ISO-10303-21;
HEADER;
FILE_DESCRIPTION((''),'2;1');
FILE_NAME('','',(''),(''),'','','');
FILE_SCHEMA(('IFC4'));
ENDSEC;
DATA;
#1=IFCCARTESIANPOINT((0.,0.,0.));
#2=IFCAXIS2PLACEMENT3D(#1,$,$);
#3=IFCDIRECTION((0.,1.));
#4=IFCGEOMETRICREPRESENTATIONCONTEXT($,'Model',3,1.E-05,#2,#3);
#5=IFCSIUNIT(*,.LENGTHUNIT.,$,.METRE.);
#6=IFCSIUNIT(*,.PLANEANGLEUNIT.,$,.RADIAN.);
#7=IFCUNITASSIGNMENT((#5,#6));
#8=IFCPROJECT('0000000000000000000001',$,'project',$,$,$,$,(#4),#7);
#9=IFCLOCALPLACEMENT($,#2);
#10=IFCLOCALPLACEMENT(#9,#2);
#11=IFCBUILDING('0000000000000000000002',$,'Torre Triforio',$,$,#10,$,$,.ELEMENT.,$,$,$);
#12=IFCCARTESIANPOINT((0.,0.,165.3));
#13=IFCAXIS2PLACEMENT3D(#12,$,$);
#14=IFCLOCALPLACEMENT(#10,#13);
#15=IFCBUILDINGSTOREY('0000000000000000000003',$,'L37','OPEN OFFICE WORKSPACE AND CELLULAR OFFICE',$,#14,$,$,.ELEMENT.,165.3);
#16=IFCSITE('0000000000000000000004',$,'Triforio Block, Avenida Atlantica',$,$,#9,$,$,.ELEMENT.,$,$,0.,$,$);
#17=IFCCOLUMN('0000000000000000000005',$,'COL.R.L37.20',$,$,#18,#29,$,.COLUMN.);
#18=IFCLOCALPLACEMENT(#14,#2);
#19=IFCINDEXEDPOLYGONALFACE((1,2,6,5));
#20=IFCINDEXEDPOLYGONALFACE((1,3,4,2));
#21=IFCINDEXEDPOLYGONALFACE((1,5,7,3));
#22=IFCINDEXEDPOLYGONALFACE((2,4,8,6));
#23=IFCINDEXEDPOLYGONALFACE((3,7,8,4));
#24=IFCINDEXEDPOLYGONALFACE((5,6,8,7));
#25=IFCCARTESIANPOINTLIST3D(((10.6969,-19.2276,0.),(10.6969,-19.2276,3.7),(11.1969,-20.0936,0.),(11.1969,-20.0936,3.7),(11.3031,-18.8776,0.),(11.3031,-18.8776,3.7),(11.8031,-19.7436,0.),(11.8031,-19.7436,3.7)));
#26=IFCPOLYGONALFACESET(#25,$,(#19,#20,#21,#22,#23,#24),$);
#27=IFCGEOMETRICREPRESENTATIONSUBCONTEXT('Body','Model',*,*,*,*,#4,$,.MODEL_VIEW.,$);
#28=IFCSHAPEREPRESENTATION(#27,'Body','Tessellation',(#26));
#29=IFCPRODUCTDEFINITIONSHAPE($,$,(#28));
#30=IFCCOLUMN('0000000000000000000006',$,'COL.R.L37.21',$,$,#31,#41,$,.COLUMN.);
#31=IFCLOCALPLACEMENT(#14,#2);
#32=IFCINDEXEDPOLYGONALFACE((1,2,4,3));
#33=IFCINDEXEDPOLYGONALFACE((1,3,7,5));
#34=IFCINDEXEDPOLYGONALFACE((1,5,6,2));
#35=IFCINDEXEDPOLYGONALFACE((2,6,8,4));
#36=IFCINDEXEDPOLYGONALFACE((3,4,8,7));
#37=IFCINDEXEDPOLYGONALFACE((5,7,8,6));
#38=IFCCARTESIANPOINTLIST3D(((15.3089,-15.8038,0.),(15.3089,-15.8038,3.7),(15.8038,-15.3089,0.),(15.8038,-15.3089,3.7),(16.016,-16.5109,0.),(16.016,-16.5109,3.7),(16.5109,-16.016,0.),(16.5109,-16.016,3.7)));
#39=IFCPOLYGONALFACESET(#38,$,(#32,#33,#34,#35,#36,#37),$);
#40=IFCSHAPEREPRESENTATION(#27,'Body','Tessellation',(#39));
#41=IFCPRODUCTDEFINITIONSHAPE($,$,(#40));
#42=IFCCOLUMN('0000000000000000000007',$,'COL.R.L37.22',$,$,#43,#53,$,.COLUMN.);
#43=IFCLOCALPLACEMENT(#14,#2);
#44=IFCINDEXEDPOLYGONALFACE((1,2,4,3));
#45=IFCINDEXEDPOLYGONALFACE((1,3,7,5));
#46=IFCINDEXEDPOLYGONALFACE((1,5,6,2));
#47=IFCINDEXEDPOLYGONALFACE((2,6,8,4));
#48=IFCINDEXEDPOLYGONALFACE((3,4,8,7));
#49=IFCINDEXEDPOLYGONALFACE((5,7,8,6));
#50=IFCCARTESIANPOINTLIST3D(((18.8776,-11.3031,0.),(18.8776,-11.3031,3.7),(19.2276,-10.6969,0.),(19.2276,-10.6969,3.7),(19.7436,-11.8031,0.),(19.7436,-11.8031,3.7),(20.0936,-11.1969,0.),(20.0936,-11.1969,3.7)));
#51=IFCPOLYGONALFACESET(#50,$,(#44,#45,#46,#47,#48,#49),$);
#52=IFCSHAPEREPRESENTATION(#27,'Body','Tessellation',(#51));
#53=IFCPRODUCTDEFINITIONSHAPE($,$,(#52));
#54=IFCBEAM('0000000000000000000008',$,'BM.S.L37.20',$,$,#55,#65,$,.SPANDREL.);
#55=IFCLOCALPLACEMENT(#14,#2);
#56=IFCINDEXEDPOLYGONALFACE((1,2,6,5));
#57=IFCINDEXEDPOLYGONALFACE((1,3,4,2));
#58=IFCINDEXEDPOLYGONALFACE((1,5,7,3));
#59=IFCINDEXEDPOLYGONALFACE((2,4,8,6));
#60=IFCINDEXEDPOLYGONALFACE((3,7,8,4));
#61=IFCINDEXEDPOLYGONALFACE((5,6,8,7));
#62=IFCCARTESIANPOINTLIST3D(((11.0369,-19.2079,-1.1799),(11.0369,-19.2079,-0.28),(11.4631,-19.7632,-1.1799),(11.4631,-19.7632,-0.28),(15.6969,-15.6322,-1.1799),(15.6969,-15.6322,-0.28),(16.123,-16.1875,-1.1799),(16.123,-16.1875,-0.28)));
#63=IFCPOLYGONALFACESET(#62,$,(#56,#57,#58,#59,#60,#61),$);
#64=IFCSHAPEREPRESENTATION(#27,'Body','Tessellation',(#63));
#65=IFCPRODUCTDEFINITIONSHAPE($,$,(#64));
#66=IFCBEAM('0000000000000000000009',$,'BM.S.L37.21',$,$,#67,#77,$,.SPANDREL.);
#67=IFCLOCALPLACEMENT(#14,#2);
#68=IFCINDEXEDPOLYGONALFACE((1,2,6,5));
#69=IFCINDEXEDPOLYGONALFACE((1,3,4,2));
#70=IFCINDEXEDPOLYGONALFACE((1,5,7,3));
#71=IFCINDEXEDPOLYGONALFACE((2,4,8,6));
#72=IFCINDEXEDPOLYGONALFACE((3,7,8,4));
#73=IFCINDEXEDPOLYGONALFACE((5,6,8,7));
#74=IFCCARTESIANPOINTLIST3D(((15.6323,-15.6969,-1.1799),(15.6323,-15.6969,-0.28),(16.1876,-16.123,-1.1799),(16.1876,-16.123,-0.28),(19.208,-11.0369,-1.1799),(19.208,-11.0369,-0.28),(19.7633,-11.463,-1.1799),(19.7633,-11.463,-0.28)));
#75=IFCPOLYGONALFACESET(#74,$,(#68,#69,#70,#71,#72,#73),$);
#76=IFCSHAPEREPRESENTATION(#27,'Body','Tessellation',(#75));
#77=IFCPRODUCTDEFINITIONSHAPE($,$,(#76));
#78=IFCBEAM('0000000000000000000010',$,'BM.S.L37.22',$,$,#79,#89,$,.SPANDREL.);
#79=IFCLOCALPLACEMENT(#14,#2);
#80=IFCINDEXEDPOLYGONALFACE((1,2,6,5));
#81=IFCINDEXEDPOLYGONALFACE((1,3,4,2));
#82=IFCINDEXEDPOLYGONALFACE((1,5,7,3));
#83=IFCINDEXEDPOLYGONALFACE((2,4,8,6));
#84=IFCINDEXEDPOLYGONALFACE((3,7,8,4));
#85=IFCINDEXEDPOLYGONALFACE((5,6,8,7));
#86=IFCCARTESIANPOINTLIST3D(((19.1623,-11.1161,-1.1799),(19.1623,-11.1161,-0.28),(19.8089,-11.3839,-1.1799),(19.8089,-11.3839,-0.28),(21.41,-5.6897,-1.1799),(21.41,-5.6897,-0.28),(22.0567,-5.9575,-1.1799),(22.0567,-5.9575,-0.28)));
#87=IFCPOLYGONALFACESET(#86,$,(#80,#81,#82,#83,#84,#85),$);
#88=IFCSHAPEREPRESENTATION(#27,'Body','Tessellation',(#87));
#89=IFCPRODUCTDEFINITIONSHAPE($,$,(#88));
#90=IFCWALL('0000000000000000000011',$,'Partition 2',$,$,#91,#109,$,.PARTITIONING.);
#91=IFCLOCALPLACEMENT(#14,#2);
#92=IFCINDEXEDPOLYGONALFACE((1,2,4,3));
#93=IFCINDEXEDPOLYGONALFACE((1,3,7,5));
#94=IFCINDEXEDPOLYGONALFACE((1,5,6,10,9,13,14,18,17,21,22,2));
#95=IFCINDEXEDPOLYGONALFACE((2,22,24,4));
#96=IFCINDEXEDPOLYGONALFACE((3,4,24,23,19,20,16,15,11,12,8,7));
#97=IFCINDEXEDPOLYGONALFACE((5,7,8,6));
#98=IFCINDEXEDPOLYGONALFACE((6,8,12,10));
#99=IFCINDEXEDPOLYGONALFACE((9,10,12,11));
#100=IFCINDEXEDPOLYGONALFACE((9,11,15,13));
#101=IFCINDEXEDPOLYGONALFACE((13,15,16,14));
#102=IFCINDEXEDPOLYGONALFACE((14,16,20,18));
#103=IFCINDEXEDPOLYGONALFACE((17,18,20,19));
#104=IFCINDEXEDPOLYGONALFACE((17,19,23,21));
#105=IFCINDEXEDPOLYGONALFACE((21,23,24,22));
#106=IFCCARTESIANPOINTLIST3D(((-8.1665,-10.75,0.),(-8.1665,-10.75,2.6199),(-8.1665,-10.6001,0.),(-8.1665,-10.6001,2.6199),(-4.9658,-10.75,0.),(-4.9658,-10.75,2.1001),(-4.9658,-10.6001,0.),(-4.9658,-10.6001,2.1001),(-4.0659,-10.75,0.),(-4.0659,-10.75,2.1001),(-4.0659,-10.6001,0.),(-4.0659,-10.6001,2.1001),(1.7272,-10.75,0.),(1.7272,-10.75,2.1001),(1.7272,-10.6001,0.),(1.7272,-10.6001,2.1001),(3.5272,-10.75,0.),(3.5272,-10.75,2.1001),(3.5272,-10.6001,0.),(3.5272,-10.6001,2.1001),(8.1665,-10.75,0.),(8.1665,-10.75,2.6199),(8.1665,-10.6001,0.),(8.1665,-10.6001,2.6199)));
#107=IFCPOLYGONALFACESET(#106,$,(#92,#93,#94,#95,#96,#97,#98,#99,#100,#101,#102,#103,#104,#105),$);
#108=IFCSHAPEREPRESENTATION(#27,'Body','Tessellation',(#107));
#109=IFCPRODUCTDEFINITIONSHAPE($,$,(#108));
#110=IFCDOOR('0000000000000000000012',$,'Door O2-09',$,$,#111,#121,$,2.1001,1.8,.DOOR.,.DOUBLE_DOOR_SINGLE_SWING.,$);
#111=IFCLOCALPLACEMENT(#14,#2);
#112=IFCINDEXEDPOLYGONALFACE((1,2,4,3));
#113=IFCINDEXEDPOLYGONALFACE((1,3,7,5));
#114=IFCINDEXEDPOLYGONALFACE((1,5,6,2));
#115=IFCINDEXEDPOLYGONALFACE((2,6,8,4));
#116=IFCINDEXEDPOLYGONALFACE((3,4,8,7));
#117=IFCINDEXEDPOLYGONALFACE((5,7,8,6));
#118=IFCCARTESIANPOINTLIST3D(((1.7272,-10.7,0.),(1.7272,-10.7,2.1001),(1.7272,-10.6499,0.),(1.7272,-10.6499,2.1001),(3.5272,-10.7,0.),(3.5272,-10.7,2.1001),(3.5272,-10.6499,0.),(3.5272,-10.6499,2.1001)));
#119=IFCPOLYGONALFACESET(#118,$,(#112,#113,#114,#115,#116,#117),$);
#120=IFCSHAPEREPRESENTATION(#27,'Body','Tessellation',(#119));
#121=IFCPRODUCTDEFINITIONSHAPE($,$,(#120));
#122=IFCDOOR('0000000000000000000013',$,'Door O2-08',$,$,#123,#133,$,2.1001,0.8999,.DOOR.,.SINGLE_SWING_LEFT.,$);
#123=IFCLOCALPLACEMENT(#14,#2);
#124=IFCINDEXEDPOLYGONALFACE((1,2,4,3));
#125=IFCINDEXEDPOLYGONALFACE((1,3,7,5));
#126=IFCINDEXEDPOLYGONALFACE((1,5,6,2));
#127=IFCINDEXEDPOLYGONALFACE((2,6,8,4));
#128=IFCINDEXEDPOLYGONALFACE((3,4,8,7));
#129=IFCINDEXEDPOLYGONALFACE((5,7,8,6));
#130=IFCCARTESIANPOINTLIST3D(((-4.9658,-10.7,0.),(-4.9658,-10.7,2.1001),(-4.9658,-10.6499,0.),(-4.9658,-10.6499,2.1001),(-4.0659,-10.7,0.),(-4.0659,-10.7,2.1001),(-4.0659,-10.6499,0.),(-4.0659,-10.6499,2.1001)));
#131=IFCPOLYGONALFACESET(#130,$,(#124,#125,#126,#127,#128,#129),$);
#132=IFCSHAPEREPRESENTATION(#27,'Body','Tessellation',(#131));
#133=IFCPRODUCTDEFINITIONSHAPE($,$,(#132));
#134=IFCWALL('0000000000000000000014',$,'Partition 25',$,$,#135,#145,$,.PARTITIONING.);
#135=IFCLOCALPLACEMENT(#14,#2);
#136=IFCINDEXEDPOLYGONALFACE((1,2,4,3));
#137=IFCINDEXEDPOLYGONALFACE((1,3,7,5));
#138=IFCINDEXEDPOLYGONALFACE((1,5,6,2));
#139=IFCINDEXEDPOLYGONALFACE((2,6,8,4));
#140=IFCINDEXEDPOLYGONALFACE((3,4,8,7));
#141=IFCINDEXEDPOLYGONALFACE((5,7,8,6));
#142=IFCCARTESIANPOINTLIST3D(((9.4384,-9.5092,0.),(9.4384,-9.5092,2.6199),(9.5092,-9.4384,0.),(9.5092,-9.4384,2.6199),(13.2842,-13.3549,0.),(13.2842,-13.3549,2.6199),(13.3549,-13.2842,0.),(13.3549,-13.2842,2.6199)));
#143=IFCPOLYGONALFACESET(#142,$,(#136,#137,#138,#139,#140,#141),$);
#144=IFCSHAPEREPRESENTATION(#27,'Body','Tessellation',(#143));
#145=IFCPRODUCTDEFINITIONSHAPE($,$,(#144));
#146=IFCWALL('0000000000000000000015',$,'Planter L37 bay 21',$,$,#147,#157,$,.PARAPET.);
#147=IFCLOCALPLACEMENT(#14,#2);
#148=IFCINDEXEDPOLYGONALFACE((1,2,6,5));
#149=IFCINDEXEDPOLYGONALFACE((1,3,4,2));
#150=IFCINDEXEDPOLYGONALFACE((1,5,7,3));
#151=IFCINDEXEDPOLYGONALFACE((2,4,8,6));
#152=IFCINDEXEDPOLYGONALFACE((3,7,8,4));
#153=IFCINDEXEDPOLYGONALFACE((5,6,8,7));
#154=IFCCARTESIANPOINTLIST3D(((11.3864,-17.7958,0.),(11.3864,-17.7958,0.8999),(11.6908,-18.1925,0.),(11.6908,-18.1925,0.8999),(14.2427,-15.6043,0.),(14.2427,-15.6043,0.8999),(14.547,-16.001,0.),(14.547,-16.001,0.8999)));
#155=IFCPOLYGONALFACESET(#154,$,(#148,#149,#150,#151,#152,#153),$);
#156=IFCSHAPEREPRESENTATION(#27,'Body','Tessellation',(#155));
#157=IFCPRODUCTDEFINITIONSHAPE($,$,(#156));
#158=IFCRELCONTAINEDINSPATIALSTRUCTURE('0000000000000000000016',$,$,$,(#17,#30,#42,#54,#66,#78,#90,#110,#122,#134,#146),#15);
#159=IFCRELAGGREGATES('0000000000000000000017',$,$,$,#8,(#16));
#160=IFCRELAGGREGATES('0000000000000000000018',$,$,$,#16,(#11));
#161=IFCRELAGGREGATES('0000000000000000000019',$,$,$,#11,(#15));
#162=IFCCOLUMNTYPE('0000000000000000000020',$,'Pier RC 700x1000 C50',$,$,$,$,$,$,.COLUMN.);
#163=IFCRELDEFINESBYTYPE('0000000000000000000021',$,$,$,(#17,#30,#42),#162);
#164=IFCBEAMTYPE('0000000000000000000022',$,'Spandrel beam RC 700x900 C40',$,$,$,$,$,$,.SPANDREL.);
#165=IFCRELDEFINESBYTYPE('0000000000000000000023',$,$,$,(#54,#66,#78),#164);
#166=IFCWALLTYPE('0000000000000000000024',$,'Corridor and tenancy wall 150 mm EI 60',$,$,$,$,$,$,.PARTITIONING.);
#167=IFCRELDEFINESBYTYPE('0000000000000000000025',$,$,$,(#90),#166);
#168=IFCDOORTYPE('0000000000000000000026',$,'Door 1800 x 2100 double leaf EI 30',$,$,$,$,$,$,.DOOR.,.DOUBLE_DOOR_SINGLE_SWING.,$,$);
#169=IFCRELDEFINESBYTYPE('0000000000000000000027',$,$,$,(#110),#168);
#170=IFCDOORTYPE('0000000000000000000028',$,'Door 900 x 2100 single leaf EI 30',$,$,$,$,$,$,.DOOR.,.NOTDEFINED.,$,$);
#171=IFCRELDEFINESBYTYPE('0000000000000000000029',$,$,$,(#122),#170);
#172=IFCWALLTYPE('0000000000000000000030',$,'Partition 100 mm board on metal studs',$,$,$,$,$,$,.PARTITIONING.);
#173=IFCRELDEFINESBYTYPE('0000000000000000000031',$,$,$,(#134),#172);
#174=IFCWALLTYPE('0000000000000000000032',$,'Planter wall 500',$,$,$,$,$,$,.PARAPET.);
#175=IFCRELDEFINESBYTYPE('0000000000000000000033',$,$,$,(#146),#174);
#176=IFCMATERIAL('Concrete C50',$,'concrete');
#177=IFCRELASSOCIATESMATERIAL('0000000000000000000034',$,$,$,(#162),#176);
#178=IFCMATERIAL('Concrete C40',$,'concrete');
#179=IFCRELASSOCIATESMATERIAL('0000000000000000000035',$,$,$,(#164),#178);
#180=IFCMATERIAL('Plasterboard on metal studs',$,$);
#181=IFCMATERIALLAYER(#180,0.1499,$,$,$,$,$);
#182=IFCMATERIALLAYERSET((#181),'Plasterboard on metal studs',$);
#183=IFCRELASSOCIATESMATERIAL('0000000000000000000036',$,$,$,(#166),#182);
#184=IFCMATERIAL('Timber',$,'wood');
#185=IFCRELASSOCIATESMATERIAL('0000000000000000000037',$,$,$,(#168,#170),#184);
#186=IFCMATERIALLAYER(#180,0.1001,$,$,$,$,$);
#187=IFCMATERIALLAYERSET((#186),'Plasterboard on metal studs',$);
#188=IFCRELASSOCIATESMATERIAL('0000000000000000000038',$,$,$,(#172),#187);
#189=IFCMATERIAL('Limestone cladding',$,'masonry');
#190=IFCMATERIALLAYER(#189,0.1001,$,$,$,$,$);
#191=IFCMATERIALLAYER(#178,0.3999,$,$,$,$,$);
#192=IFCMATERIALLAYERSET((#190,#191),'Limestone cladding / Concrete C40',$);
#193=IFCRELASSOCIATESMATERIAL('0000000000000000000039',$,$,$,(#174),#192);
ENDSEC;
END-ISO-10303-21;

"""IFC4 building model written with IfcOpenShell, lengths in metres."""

from ifc_helpers import new_model, si_unit, direction, frame, frame_2d, origin, origin_2d, place, context, subcontext, project, spatial, rectangle, extrude, material, layer, layer_set, material_profile, profile_set, type_object, element, fill, save


model = new_model("IFC4")

# Units and contexts
model_context = context("Model", 3, precision=1e-05, world=origin(), true_north=direction((0.0, 1.0)))
body_context = subcontext(model_context, "Body", "Model", "MODEL_VIEW")
ifc_project = project(units=[si_unit("LENGTHUNIT", "METRE"), si_unit("PLANEANGLEUNIT", "RADIAN")], contexts=[model_context])

# Site, building, storey
site_placement = place(None, origin())
site = spatial("IfcSite", under=ifc_project, at=site_placement, Name="Triforio Block, Avenida Atlantica", CompositionType="ELEMENT", RefElevation=0.0)
building_placement = place(site_placement, origin())
building = spatial("IfcBuilding", under=site, at=building_placement, Name="Torre Triforio", CompositionType="ELEMENT")
storey_placement = place(building_placement, frame((0.0, 0.0, 165.3)))
storey = spatial("IfcBuildingStorey", under=building, at=storey_placement, Name="L37", Description="OPEN OFFICE WORKSPACE AND CELLULAR OFFICE", CompositionType="ELEMENT", Elevation=165.3)

# Columns
ifc_material_1 = material(Name="Concrete C50", Category="concrete")
ifc_material_profile_1 = material_profile(ifc_material_1, rectangle(XDim=0.7, YDim=1.0, at=origin_2d()), Name="RC 700x1000")
ifc_profile_set_1 = profile_set([ifc_material_profile_1], Name="Concrete C50")
column_type = type_object("IfcColumnType", Name="Pier RC 700x1000 C50", PredefinedType="COLUMN", material=ifc_profile_set_1)
for number, where, z_axis, x_axis, name in (
    (1, (11.25, -19.4856, 0.0), (0.0, 0.0, 1.0), (0.866025, 0.5, 0.0), "COL.R.L37.20"),
    (2, (15.9099, -15.9099, 0.0), (0.0, 0.0, 1.0), (0.707107, 0.707107, 0.0), "COL.R.L37.21"),
    (3, (19.4856, -11.25, 0.0), (0.0, 0.0, 1.0), (0.5, 0.866025, 0.0), "COL.R.L37.22"),
):
    element("IfcColumn", number, at=place(storey_placement, frame(where, z_axis=z_axis, x_axis=x_axis)), inside=storey, type_object=column_type, Name=name, PredefinedType="COLUMN", context=body_context, shape_type="SweptSolid", body=[
        extrude(rectangle(XDim=0.7, YDim=1.0, at=origin_2d()), origin(), (0.0, 0.0, 1.0), 3.7),
    ])

# Beams
ifc_material_2 = material(Name="Concrete C40", Category="concrete")
ifc_material_profile_2 = material_profile(ifc_material_2, rectangle(XDim=0.7, YDim=0.8999, at=origin_2d()), Name="RC 700x900")
ifc_profile_set_2 = profile_set([ifc_material_profile_2], Name="Concrete C40")
beam_type = type_object("IfcBeamType", Name="Spandrel beam RC 700x900 C40", PredefinedType="SPANDREL", material=ifc_profile_set_2)
for number, where, z_axis, x_axis, name in (
    (4, (11.25, -19.4856, -0.73), (0.793353, 0.608762, 0.0), (-0.608762, 0.793353, 0.0), "BM.S.L37.20"),
    (5, (15.9099, -15.9099, -0.73), (0.608762, 0.793353, 0.0), (-0.793353, 0.608762, 0.0), "BM.S.L37.21"),
):
    element("IfcBeam", number, at=place(storey_placement, frame(where, z_axis=z_axis, x_axis=x_axis)), inside=storey, type_object=beam_type, Name=name, PredefinedType="SPANDREL", context=body_context, shape_type="SweptSolid", body=[
        extrude(rectangle(XDim=0.7, YDim=0.8999, at=origin_2d()), origin(), (0.0, 0.0, 1.0), 5.8738),
    ])
beam_placement = place(storey_placement, frame((19.4856, -11.25, -0.73), z_axis=(0.382693, 0.923875, 0.0), x_axis=(-0.923875, 0.382693, 0.0)))
element("IfcBeam", 6, at=beam_placement, inside=storey, type_object=beam_type, Name="BM.S.L37.22", PredefinedType="SPANDREL", context=body_context, shape_type="SweptSolid", body=[
    extrude(rectangle(XDim=0.7, YDim=0.8999, at=origin_2d()), origin(), (0.0, 0.0, 1.0), 5.8735),
])

# Wall, openings, doors
ifc_material_3 = material(Name="Plasterboard on metal studs")
ifc_layer_1 = layer(ifc_material_3, 0.1499)
ifc_layer_set_1 = layer_set([ifc_layer_1], Name="Plasterboard on metal studs")
wall_type_1 = type_object("IfcWallType", Name="Corridor and tenancy wall 150 mm EI 60", PredefinedType="PARTITIONING", material=ifc_layer_set_1)
wall_1_placement = place(storey_placement, frame((8.1665, -10.675, 0.0), z_axis=(0.0, 0.0, 1.0), x_axis=(-1.0, 0.0, 0.0)))
wall_1 = element("IfcWall", 7, at=wall_1_placement, inside=storey, type_object=wall_type_1, Name="Partition 2", PredefinedType="PARTITIONING", context=body_context, shape_type="SweptSolid", body=[
    extrude(rectangle(XDim=16.333, YDim=0.1499, at=frame_2d((8.1665, 0.0))), origin(), (0.0, 0.0, 1.0), 2.6199),
])
opening_1_placement = place(wall_1_placement, frame((12.2324, 0.0, 0.0)))
opening_1 = element("IfcOpeningElement", 8, at=opening_1_placement, cuts=wall_1, PredefinedType="OPENING", context=body_context, shape_type="SweptSolid", body=[
    extrude(rectangle(XDim=0.8999, YDim=2.1001, at=frame_2d((0.45, 1.05))), frame((0.0, 0.085, 0.0), z_axis=(0.0, -1.0, 0.0), x_axis=(1.0, 0.0, 0.0)), (0.0, 0.0, 1.0), 0.1699),
])
opening_2_placement = place(wall_1_placement, frame((4.6394, 0.0, 0.0)))
opening_2 = element("IfcOpeningElement", 9, at=opening_2_placement, cuts=wall_1, PredefinedType="OPENING", context=body_context, shape_type="SweptSolid", body=[
    extrude(rectangle(XDim=1.8, YDim=2.1001, at=frame_2d((0.8999, 1.05))), frame((0.0, 0.085, 0.0), z_axis=(0.0, -1.0, 0.0), x_axis=(1.0, 0.0, 0.0)), (0.0, 0.0, 1.0), 0.1699),
])
ifc_material_4 = material(Name="Timber", Category="wood")
door_type_1 = type_object("IfcDoorType", Name="Door 1800 x 2100 double leaf EI 30", OperationType="DOUBLE_DOOR_SINGLE_SWING", PredefinedType="DOOR", material=ifc_material_4)
door_1_placement = place(opening_2_placement, origin())
door_1 = element("IfcDoor", 10, at=door_1_placement, inside=storey, type_object=door_type_1, Name="Door O2-09", OperationType="DOUBLE_DOOR_SINGLE_SWING", OverallHeight=2.1001, OverallWidth=1.8, PredefinedType="DOOR", context=body_context, shape_type="SweptSolid", body=[
    extrude(rectangle(XDim=1.8, YDim=2.1001, at=frame_2d((0.8999, 1.05))), frame((0.0, 0.0249, 0.0), z_axis=(0.0, -1.0, 0.0), x_axis=(1.0, 0.0, 0.0)), (0.0, 0.0, 1.0), 0.05),
])
fill(opening_2, door_1)
door_type_2 = type_object("IfcDoorType", Name="Door 900 x 2100 single leaf EI 30", OperationType="NOTDEFINED", PredefinedType="DOOR", material=ifc_material_4)
door_2_placement = place(opening_1_placement, origin())
door_2 = element("IfcDoor", 11, at=door_2_placement, inside=storey, type_object=door_type_2, Name="Door O2-08", OperationType="SINGLE_SWING_LEFT", OverallHeight=2.1001, OverallWidth=0.8999, PredefinedType="DOOR", context=body_context, shape_type="SweptSolid", body=[
    extrude(rectangle(XDim=0.8999, YDim=2.1001, at=frame_2d((0.45, 1.05))), frame((0.0, 0.0249, 0.0), z_axis=(0.0, -1.0, 0.0), x_axis=(1.0, 0.0, 0.0)), (0.0, 0.0, 1.0), 0.05),
])
fill(opening_1, door_2)

# Walls
ifc_layer_2 = layer(ifc_material_3, 0.1001)
ifc_layer_set_2 = layer_set([ifc_layer_2], Name="Plasterboard on metal studs")
wall_type_2 = type_object("IfcWallType", Name="Partition 100 mm board on metal studs", PredefinedType="PARTITIONING", material=ifc_layer_set_2)
wall_2_placement = place(storey_placement, frame((9.4739, -9.4739, 0.0), z_axis=(0.0, 0.0, 1.0), x_axis=(0.707107, -0.707107, 0.0)))
element("IfcWall", 12, at=wall_2_placement, inside=storey, type_object=wall_type_2, Name="Partition 25", PredefinedType="PARTITIONING", context=body_context, shape_type="SweptSolid", body=[
    extrude(rectangle(XDim=5.4387, YDim=0.1001, at=frame_2d((2.7192, 0.0))), origin(), (0.0, 0.0, 1.0), 2.6199),
])
ifc_material_5 = material(Name="Limestone cladding", Category="masonry")
ifc_layer_3 = layer(ifc_material_5, 0.1001)
ifc_layer_4 = layer(ifc_material_2, 0.3999)
ifc_layer_set_3 = layer_set([ifc_layer_3, ifc_layer_4], Name="Limestone cladding / Concrete C40")
wall_type_3 = type_object("IfcWallType", Name="Planter wall 500", PredefinedType="PARAPET", material=ifc_layer_set_3)
wall_3_placement = place(storey_placement, frame((11.5386, -17.9941, 0.0), z_axis=(0.0, 0.0, 1.0), x_axis=(0.793385, 0.608721, 0.0)))
element("IfcWall", 13, at=wall_3_placement, inside=storey, type_object=wall_type_3, Name="Planter L37 bay 21", PredefinedType="PARAPET", context=body_context, shape_type="SweptSolid", body=[
    extrude(rectangle(XDim=3.6001, YDim=0.5, at=frame_2d((1.8, 0.0))), origin(), (0.0, 0.0, 1.0), 0.8999),
])

save(model, "model.ifc")
